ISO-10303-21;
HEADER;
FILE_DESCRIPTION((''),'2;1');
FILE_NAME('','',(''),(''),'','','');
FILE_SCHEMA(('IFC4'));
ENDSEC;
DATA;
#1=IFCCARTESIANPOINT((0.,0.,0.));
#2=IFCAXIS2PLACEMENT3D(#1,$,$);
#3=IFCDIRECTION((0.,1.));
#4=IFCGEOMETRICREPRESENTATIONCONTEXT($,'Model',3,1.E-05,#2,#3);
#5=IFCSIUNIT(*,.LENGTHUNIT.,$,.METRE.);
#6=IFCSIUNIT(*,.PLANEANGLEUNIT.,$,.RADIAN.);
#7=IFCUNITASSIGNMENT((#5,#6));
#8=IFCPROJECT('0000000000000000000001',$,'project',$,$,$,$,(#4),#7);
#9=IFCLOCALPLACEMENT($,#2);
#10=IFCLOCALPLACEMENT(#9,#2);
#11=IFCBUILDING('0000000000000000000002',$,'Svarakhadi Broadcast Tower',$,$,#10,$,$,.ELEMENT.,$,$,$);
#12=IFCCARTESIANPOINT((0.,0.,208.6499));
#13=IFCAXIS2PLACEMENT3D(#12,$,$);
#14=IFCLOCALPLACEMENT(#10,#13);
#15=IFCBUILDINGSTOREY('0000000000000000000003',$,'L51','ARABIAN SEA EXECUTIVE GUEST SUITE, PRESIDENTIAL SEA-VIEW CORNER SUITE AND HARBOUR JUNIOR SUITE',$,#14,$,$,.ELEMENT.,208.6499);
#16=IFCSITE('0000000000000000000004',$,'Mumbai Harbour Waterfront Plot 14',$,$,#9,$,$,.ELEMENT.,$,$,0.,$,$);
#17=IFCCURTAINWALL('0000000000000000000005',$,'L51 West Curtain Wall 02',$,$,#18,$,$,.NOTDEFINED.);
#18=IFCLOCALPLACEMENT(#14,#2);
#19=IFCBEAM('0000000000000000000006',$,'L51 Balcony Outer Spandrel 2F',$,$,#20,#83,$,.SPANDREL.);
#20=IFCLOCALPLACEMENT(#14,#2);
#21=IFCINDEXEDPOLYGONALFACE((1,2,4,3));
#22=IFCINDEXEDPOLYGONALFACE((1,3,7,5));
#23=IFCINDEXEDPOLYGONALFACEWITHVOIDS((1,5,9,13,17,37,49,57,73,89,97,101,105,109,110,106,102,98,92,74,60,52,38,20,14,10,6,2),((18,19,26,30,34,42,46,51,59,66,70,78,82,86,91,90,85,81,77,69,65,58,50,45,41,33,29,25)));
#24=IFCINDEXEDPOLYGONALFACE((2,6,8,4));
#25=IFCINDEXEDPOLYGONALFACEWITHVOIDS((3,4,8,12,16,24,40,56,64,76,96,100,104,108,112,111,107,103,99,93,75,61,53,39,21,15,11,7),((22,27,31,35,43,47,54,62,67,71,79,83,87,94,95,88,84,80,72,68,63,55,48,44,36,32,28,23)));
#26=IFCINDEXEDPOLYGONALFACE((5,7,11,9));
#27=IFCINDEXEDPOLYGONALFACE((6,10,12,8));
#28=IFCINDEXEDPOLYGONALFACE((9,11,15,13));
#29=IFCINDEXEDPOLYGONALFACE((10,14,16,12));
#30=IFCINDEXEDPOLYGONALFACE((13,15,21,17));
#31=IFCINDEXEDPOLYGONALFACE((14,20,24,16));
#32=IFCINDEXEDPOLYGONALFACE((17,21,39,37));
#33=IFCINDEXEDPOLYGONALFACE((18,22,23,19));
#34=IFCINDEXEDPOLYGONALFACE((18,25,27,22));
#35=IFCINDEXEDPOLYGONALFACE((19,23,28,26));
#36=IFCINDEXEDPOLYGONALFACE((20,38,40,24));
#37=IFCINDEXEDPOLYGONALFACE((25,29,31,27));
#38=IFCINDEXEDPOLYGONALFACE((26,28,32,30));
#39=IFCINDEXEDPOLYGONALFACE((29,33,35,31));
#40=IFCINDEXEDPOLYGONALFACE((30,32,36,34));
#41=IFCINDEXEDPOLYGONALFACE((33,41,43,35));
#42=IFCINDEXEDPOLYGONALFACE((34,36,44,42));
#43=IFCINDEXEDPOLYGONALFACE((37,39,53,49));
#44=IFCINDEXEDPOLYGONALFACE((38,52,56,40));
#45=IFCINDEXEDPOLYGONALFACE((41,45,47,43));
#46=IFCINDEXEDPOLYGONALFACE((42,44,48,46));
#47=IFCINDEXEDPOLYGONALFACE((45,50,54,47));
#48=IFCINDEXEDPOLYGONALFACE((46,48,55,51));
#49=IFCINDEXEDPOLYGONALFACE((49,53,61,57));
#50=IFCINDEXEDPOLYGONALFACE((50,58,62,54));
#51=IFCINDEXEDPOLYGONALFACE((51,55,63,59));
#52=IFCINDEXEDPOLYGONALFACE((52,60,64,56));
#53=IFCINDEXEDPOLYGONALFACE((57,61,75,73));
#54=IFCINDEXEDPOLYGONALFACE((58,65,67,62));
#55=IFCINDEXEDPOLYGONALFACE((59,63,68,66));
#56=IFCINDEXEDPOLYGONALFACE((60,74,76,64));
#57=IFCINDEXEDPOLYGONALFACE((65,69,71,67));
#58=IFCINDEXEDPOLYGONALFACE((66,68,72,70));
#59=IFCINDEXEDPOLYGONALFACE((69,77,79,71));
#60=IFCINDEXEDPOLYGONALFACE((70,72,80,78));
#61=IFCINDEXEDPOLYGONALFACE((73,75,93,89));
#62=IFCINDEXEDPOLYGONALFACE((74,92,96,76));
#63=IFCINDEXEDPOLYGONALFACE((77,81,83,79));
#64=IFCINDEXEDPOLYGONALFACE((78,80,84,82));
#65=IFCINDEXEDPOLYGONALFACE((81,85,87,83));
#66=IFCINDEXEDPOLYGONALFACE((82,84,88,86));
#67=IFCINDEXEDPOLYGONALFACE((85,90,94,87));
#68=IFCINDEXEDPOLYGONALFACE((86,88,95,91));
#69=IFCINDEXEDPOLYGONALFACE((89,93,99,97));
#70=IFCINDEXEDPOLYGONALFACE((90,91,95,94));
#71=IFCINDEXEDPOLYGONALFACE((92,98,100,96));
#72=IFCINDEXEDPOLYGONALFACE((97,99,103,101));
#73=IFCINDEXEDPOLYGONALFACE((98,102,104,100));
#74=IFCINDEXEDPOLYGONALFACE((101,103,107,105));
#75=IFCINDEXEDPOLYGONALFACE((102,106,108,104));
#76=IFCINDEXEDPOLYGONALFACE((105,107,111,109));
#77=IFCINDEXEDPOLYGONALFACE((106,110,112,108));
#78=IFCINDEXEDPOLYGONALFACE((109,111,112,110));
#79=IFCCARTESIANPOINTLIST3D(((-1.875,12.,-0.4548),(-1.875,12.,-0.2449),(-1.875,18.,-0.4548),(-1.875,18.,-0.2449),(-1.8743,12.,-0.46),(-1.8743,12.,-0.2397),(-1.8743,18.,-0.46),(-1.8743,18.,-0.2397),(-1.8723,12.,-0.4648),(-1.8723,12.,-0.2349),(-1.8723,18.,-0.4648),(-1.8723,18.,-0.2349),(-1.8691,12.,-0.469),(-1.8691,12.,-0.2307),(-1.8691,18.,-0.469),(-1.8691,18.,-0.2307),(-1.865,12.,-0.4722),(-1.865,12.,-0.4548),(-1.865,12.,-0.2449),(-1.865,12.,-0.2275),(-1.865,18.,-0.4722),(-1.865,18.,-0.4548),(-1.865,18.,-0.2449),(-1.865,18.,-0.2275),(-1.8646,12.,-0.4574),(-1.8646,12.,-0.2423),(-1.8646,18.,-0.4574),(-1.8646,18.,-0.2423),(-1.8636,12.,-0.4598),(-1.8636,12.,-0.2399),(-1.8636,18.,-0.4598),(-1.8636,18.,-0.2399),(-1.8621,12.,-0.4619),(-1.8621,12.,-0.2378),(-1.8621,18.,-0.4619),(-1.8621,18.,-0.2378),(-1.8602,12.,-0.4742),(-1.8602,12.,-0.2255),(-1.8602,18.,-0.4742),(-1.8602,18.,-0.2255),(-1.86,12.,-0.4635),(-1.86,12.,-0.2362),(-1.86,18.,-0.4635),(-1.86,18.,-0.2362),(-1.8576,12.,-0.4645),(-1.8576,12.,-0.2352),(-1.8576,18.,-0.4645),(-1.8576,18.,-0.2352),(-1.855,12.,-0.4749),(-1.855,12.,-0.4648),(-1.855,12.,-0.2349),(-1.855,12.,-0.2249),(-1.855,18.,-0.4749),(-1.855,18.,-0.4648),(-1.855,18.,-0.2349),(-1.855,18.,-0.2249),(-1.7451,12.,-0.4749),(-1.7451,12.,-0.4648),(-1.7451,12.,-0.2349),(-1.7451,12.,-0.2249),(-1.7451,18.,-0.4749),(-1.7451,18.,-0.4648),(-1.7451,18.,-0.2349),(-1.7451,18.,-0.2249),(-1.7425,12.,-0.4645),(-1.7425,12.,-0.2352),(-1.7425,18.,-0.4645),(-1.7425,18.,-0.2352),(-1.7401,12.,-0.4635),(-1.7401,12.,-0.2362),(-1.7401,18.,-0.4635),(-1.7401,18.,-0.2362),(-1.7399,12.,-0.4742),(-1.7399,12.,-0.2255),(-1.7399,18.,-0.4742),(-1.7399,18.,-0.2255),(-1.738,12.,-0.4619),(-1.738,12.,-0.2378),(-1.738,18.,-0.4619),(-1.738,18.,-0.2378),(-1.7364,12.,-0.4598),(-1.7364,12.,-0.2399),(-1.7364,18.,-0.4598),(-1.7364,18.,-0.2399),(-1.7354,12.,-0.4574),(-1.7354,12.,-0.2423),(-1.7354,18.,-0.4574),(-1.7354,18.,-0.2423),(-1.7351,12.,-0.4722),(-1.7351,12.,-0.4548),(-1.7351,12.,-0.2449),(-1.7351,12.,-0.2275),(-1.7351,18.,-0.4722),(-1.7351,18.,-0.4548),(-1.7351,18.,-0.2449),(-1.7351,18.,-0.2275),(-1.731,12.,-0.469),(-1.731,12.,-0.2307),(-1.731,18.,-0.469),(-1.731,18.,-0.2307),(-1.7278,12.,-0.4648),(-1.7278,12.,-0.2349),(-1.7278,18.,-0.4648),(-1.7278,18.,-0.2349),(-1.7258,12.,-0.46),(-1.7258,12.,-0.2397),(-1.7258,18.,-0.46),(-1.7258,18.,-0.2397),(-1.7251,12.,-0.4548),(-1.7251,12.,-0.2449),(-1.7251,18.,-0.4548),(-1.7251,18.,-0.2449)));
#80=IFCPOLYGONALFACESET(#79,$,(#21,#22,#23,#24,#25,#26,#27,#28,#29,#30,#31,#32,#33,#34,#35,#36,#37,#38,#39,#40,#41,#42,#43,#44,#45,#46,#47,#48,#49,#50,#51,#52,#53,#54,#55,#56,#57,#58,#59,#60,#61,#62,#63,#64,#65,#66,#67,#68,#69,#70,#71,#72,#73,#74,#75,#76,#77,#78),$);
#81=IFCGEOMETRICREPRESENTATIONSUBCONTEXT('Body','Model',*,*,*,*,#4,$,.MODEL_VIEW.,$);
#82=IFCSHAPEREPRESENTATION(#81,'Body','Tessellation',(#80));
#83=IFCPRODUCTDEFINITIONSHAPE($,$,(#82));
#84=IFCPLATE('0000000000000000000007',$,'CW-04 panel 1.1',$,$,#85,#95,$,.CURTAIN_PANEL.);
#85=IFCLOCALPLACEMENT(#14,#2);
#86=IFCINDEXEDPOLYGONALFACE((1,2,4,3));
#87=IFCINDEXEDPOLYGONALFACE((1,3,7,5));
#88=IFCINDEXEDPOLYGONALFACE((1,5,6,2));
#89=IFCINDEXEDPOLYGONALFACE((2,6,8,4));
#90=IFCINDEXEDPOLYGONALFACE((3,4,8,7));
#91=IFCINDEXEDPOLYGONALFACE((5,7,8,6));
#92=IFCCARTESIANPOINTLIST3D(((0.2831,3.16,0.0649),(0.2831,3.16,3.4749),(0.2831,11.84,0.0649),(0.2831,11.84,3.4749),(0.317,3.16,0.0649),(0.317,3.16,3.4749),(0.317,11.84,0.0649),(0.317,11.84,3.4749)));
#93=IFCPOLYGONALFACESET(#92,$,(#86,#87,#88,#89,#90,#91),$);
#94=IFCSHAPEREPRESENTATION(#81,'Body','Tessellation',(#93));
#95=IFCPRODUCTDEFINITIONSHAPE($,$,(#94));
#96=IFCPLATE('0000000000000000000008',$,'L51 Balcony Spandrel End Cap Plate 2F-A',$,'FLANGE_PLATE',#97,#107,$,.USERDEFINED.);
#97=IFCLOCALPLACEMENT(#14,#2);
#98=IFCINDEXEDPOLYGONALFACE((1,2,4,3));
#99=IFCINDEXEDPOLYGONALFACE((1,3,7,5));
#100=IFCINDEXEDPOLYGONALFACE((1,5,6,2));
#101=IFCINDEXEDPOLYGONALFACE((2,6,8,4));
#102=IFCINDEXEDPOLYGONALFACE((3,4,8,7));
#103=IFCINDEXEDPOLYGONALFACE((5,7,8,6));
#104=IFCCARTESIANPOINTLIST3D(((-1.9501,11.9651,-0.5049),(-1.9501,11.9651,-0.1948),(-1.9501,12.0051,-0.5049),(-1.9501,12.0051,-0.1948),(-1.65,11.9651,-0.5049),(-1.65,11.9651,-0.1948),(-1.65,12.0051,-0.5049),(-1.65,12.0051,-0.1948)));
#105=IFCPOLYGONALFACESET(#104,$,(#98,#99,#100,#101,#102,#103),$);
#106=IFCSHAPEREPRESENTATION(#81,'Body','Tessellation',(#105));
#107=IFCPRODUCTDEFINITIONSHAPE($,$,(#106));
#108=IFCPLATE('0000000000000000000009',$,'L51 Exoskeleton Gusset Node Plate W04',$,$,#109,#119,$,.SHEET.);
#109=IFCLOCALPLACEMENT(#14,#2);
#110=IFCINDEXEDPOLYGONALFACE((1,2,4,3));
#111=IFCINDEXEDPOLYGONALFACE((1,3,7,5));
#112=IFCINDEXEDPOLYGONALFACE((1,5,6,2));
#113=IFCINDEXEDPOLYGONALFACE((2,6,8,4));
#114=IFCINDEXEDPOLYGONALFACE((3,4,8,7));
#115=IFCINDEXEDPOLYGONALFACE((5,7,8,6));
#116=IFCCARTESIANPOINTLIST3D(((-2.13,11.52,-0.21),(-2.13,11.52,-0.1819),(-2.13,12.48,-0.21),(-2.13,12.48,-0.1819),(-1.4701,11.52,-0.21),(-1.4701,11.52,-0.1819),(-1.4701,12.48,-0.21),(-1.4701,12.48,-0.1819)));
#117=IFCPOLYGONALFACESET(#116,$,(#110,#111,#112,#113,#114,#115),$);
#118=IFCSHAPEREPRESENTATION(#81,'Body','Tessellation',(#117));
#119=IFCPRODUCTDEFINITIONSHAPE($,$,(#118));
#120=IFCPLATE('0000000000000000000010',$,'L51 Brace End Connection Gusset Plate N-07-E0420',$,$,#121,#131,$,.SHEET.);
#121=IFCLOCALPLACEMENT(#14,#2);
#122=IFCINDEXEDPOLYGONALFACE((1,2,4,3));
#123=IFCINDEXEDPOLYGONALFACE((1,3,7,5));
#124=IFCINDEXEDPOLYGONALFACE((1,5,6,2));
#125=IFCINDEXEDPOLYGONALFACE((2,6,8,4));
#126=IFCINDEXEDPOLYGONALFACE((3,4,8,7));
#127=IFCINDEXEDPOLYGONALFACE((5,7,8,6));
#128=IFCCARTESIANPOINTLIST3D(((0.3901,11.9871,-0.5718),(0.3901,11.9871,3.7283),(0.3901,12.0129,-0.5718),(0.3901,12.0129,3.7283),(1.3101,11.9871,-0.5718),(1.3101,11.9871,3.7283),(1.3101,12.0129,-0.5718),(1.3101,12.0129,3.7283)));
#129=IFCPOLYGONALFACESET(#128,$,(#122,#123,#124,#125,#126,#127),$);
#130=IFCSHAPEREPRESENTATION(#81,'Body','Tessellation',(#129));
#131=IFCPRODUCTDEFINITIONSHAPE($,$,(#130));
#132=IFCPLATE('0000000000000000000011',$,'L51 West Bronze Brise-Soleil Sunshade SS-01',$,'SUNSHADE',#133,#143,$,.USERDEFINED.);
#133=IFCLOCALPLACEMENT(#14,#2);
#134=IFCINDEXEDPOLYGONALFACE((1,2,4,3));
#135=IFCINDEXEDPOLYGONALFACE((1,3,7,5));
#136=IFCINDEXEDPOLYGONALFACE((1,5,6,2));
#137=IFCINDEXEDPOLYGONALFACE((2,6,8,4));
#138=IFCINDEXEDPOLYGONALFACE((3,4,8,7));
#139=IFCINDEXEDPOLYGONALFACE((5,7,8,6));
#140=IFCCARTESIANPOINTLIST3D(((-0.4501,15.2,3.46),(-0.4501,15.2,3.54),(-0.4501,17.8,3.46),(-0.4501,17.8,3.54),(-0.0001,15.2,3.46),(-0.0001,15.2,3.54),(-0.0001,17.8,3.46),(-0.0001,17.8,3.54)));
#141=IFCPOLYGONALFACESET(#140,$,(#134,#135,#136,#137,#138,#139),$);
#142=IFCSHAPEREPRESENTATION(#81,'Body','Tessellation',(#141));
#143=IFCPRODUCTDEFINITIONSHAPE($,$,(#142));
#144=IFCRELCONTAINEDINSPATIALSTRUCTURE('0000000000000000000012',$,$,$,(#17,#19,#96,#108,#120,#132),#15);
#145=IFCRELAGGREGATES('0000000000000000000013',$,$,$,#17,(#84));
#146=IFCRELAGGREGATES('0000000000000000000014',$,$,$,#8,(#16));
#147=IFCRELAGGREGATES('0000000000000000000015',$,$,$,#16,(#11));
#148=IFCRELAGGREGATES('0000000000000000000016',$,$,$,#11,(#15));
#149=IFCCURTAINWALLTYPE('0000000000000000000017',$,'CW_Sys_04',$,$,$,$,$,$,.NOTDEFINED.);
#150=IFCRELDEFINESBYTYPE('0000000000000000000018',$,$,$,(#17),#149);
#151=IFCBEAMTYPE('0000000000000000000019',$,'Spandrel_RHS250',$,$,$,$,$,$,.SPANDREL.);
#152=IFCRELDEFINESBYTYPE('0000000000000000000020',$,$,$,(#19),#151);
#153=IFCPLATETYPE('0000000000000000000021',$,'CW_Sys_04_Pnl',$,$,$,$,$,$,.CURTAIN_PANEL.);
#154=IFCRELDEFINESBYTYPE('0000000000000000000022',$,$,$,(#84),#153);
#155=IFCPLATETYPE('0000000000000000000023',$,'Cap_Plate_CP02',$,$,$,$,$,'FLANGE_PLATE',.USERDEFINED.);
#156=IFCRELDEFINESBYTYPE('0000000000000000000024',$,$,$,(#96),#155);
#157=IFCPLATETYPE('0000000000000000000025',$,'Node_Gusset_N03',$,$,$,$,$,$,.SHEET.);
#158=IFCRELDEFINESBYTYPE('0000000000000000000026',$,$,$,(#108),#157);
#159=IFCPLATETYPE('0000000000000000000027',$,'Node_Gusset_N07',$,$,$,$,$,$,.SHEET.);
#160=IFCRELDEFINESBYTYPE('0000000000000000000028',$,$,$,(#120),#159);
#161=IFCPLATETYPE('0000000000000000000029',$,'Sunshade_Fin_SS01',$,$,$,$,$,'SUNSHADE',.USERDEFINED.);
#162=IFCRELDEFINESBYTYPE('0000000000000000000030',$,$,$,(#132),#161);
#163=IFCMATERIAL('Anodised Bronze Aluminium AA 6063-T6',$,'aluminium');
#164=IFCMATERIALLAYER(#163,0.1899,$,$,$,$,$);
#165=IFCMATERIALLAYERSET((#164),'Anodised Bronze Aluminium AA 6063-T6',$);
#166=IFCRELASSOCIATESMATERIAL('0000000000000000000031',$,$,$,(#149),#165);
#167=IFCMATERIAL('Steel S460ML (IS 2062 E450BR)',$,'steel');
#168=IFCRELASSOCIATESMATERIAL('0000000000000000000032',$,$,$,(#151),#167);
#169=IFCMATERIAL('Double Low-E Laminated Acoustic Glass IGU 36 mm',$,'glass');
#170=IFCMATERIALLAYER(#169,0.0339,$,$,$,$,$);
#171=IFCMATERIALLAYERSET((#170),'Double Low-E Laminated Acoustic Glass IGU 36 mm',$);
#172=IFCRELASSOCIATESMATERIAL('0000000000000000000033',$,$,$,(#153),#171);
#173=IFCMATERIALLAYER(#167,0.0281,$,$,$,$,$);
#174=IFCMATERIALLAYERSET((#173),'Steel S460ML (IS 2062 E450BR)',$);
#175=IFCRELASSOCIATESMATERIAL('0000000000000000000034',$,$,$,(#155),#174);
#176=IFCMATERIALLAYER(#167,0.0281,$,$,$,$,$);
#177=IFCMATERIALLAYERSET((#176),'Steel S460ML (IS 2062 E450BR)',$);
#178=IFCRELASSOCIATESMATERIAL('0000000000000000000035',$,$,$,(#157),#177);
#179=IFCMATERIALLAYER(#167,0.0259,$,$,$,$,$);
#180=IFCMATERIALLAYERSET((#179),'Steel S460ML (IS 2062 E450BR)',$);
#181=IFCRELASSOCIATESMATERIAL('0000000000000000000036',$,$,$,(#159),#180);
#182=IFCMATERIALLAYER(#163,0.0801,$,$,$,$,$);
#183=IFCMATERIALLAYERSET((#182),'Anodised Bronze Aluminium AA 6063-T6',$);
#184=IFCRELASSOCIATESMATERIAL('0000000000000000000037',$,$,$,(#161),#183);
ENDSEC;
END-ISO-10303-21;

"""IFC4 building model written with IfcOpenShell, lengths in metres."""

from ifc_helpers import new_model, si_unit, direction, frame, origin, origin_2d, place, context, subcontext, project, spatial, rectangle, hollow_rectangle, extrude, material, layer, layer_set, material_profile, profile_set, type_object, element, aggregate, save


model = new_model("IFC4")

# Units and contexts
model_context = context("Model", 3, precision=1e-05, world=origin(), true_north=direction((0.0, 1.0)))
body_context = subcontext(model_context, "Body", "Model", "MODEL_VIEW")
ifc_project = project(units=[si_unit("LENGTHUNIT", "METRE"), si_unit("PLANEANGLEUNIT", "RADIAN")], contexts=[model_context])

# Site, building, storey
site_placement = place(None, origin())
site = spatial("IfcSite", under=ifc_project, at=site_placement, Name="Mumbai Harbour Waterfront Plot 14", CompositionType="ELEMENT", RefElevation=0.0)
building_placement = place(site_placement, origin())
building = spatial("IfcBuilding", under=site, at=building_placement, Name="Svarakhadi Broadcast Tower", CompositionType="ELEMENT")
storey_placement = place(building_placement, frame((0.0, 0.0, 208.6499)))
storey = spatial("IfcBuildingStorey", under=building, at=storey_placement, Name="L51", Description="ARABIAN SEA EXECUTIVE GUEST SUITE, PRESIDENTIAL SEA-VIEW CORNER SUITE AND HARBOUR JUNIOR SUITE", CompositionType="ELEMENT", Elevation=208.6499)

# Shared definitions
ifc_material_1 = material(Name="Steel S460ML (IS 2062 E450BR)", Category="steel")

# Curtain wall
ifc_material_2 = material(Name="Anodised Bronze Aluminium AA 6063-T6", Category="aluminium")
ifc_layer_1 = layer(ifc_material_2, 0.1899)
ifc_layer_set_1 = layer_set([ifc_layer_1], Name="Anodised Bronze Aluminium AA 6063-T6")
curtain_wall_type = type_object("IfcCurtainWallType", Name="CW_Sys_04", PredefinedType="NOTDEFINED", material=ifc_layer_set_1)
curtain_wall_placement = place(storey_placement, origin())
curtain_wall = element("IfcCurtainWall", 1, at=curtain_wall_placement, inside=storey, type_object=curtain_wall_type, Name="L51 West Curtain Wall 02", PredefinedType="NOTDEFINED")

# Beam
ifc_material_profile_1 = material_profile(ifc_material_1, hollow_rectangle(XDim=0.1499, YDim=0.25, WallThickness=0.01, InnerFilletRadius=0.01, OuterFilletRadius=0.02, at=origin_2d()), Name="RHS 250x150x10")
ifc_profile_set_1 = profile_set([ifc_material_profile_1], Name="Steel S460ML (IS 2062 E450BR)")
beam_type_1 = type_object("IfcBeamType", Name="Spandrel_RHS250", PredefinedType="SPANDREL", material=ifc_profile_set_1)
beam_1_placement = place(storey_placement, frame((-1.8, 12.0, -0.3499), z_axis=(0.0, 1.0, 0.0), x_axis=(-1.0, 0.0, 0.0)))
element("IfcBeam", 2, at=beam_1_placement, inside=storey, type_object=beam_type_1, Name="L51 Balcony Outer Spandrel 2F", PredefinedType="SPANDREL", context=body_context, shape_type="SweptSolid", body=[
    extrude(hollow_rectangle(XDim=0.1499, YDim=0.25, WallThickness=0.01, InnerFilletRadius=0.01, OuterFilletRadius=0.02, at=origin_2d()), origin(), (0.0, 0.0, 1.0), 6.0),
])

# Plate
ifc_material_3 = material(Name="Double Low-E Laminated Acoustic Glass IGU 36 mm", Category="glass")
ifc_layer_2 = layer(ifc_material_3, 0.0339)
ifc_layer_set_2 = layer_set([ifc_layer_2], Name="Double Low-E Laminated Acoustic Glass IGU 36 mm")
plate_type_1 = type_object("IfcPlateType", Name="CW_Sys_04_Pnl", PredefinedType="CURTAIN_PANEL", material=ifc_layer_set_2)
plate_1_placement = place(storey_placement, frame((0.3, 7.5, 0.0649), z_axis=(0.0, 0.0, 1.0), x_axis=(0.0, 1.0, 0.0)))
plate_1 = element("IfcPlate", 3, at=plate_1_placement, type_object=plate_type_1, Name="CW-04 panel 1.1", PredefinedType="CURTAIN_PANEL", context=body_context, shape_type="SweptSolid", body=[
    extrude(rectangle(XDim=8.6799, YDim=0.0339, at=origin_2d()), origin(), (0.0, 0.0, 1.0), 3.4099),
])
aggregate(curtain_wall, [plate_1])

# Plates
ifc_layer_3 = layer(ifc_material_1, 0.0281)
ifc_layer_set_3 = layer_set([ifc_layer_3], Name="Steel S460ML (IS 2062 E450BR)")
plate_type_2 = type_object("IfcPlateType", Name="Cap_Plate_CP02", ElementType="FLANGE_PLATE", PredefinedType="USERDEFINED", material=ifc_layer_set_3)
plate_2_placement = place(storey_placement, frame((-1.8, 11.9851, -0.5049), z_axis=(0.0, 0.0, 1.0), x_axis=(1.0, 0.0, 0.0)))
element("IfcPlate", 4, at=plate_2_placement, inside=storey, type_object=plate_type_2, Name="L51 Balcony Spandrel End Cap Plate 2F-A", ObjectType="FLANGE_PLATE", PredefinedType="USERDEFINED", context=body_context, shape_type="SweptSolid", body=[
    extrude(rectangle(XDim=0.3, YDim=0.04, at=origin_2d()), origin(), (0.0, 0.0, 1.0), 0.3101),
])
ifc_layer_4 = layer(ifc_material_1, 0.0281)
ifc_layer_set_4 = layer_set([ifc_layer_4], Name="Steel S460ML (IS 2062 E450BR)")
plate_type_3 = type_object("IfcPlateType", Name="Node_Gusset_N03", PredefinedType="SHEET", material=ifc_layer_set_4)
plate_3_placement = place(storey_placement, frame((-1.8, 12.0, -0.21), z_axis=(0.0, 0.0, 1.0), x_axis=(0.0, 1.0, 0.0)))
element("IfcPlate", 5, at=plate_3_placement, inside=storey, type_object=plate_type_3, Name="L51 Exoskeleton Gusset Node Plate W04", PredefinedType="SHEET", context=body_context, shape_type="SweptSolid", body=[
    extrude(rectangle(XDim=0.96, YDim=0.6599, at=origin_2d()), origin(), (0.0, 0.0, 1.0), 0.0281),
])
ifc_layer_5 = layer(ifc_material_1, 0.0259)
ifc_layer_set_5 = layer_set([ifc_layer_5], Name="Steel S460ML (IS 2062 E450BR)")
plate_type_4 = type_object("IfcPlateType", Name="Node_Gusset_N07", PredefinedType="SHEET", material=ifc_layer_set_5)
plate_4_placement = place(storey_placement, frame((0.8501, 12.0, -0.5718), z_axis=(0.0, 0.0, 1.0), x_axis=(1.0, 0.0, 0.0)))
element("IfcPlate", 6, at=plate_4_placement, inside=storey, type_object=plate_type_4, Name="L51 Brace End Connection Gusset Plate N-07-E0420", PredefinedType="SHEET", context=body_context, shape_type="SweptSolid", body=[
    extrude(rectangle(XDim=0.9199, YDim=0.0259, at=origin_2d()), origin(), (0.0, 0.0, 1.0), 4.3),
])
ifc_layer_6 = layer(ifc_material_2, 0.0801)
ifc_layer_set_6 = layer_set([ifc_layer_6], Name="Anodised Bronze Aluminium AA 6063-T6")
plate_type_5 = type_object("IfcPlateType", Name="Sunshade_Fin_SS01", ElementType="SUNSHADE", PredefinedType="USERDEFINED", material=ifc_layer_set_6)
plate_5_placement = place(storey_placement, frame((-0.2251, 16.5, 3.46), z_axis=(0.0, 0.0, 1.0), x_axis=(0.0, 1.0, 0.0)))
element("IfcPlate", 7, at=plate_5_placement, inside=storey, type_object=plate_type_5, Name="L51 West Bronze Brise-Soleil Sunshade SS-01", ObjectType="SUNSHADE", PredefinedType="USERDEFINED", context=body_context, shape_type="SweptSolid", body=[
    extrude(rectangle(XDim=2.6001, YDim=0.45, at=origin_2d()), origin(), (0.0, 0.0, 1.0), 0.0801),
])

save(model, "model.ifc")
